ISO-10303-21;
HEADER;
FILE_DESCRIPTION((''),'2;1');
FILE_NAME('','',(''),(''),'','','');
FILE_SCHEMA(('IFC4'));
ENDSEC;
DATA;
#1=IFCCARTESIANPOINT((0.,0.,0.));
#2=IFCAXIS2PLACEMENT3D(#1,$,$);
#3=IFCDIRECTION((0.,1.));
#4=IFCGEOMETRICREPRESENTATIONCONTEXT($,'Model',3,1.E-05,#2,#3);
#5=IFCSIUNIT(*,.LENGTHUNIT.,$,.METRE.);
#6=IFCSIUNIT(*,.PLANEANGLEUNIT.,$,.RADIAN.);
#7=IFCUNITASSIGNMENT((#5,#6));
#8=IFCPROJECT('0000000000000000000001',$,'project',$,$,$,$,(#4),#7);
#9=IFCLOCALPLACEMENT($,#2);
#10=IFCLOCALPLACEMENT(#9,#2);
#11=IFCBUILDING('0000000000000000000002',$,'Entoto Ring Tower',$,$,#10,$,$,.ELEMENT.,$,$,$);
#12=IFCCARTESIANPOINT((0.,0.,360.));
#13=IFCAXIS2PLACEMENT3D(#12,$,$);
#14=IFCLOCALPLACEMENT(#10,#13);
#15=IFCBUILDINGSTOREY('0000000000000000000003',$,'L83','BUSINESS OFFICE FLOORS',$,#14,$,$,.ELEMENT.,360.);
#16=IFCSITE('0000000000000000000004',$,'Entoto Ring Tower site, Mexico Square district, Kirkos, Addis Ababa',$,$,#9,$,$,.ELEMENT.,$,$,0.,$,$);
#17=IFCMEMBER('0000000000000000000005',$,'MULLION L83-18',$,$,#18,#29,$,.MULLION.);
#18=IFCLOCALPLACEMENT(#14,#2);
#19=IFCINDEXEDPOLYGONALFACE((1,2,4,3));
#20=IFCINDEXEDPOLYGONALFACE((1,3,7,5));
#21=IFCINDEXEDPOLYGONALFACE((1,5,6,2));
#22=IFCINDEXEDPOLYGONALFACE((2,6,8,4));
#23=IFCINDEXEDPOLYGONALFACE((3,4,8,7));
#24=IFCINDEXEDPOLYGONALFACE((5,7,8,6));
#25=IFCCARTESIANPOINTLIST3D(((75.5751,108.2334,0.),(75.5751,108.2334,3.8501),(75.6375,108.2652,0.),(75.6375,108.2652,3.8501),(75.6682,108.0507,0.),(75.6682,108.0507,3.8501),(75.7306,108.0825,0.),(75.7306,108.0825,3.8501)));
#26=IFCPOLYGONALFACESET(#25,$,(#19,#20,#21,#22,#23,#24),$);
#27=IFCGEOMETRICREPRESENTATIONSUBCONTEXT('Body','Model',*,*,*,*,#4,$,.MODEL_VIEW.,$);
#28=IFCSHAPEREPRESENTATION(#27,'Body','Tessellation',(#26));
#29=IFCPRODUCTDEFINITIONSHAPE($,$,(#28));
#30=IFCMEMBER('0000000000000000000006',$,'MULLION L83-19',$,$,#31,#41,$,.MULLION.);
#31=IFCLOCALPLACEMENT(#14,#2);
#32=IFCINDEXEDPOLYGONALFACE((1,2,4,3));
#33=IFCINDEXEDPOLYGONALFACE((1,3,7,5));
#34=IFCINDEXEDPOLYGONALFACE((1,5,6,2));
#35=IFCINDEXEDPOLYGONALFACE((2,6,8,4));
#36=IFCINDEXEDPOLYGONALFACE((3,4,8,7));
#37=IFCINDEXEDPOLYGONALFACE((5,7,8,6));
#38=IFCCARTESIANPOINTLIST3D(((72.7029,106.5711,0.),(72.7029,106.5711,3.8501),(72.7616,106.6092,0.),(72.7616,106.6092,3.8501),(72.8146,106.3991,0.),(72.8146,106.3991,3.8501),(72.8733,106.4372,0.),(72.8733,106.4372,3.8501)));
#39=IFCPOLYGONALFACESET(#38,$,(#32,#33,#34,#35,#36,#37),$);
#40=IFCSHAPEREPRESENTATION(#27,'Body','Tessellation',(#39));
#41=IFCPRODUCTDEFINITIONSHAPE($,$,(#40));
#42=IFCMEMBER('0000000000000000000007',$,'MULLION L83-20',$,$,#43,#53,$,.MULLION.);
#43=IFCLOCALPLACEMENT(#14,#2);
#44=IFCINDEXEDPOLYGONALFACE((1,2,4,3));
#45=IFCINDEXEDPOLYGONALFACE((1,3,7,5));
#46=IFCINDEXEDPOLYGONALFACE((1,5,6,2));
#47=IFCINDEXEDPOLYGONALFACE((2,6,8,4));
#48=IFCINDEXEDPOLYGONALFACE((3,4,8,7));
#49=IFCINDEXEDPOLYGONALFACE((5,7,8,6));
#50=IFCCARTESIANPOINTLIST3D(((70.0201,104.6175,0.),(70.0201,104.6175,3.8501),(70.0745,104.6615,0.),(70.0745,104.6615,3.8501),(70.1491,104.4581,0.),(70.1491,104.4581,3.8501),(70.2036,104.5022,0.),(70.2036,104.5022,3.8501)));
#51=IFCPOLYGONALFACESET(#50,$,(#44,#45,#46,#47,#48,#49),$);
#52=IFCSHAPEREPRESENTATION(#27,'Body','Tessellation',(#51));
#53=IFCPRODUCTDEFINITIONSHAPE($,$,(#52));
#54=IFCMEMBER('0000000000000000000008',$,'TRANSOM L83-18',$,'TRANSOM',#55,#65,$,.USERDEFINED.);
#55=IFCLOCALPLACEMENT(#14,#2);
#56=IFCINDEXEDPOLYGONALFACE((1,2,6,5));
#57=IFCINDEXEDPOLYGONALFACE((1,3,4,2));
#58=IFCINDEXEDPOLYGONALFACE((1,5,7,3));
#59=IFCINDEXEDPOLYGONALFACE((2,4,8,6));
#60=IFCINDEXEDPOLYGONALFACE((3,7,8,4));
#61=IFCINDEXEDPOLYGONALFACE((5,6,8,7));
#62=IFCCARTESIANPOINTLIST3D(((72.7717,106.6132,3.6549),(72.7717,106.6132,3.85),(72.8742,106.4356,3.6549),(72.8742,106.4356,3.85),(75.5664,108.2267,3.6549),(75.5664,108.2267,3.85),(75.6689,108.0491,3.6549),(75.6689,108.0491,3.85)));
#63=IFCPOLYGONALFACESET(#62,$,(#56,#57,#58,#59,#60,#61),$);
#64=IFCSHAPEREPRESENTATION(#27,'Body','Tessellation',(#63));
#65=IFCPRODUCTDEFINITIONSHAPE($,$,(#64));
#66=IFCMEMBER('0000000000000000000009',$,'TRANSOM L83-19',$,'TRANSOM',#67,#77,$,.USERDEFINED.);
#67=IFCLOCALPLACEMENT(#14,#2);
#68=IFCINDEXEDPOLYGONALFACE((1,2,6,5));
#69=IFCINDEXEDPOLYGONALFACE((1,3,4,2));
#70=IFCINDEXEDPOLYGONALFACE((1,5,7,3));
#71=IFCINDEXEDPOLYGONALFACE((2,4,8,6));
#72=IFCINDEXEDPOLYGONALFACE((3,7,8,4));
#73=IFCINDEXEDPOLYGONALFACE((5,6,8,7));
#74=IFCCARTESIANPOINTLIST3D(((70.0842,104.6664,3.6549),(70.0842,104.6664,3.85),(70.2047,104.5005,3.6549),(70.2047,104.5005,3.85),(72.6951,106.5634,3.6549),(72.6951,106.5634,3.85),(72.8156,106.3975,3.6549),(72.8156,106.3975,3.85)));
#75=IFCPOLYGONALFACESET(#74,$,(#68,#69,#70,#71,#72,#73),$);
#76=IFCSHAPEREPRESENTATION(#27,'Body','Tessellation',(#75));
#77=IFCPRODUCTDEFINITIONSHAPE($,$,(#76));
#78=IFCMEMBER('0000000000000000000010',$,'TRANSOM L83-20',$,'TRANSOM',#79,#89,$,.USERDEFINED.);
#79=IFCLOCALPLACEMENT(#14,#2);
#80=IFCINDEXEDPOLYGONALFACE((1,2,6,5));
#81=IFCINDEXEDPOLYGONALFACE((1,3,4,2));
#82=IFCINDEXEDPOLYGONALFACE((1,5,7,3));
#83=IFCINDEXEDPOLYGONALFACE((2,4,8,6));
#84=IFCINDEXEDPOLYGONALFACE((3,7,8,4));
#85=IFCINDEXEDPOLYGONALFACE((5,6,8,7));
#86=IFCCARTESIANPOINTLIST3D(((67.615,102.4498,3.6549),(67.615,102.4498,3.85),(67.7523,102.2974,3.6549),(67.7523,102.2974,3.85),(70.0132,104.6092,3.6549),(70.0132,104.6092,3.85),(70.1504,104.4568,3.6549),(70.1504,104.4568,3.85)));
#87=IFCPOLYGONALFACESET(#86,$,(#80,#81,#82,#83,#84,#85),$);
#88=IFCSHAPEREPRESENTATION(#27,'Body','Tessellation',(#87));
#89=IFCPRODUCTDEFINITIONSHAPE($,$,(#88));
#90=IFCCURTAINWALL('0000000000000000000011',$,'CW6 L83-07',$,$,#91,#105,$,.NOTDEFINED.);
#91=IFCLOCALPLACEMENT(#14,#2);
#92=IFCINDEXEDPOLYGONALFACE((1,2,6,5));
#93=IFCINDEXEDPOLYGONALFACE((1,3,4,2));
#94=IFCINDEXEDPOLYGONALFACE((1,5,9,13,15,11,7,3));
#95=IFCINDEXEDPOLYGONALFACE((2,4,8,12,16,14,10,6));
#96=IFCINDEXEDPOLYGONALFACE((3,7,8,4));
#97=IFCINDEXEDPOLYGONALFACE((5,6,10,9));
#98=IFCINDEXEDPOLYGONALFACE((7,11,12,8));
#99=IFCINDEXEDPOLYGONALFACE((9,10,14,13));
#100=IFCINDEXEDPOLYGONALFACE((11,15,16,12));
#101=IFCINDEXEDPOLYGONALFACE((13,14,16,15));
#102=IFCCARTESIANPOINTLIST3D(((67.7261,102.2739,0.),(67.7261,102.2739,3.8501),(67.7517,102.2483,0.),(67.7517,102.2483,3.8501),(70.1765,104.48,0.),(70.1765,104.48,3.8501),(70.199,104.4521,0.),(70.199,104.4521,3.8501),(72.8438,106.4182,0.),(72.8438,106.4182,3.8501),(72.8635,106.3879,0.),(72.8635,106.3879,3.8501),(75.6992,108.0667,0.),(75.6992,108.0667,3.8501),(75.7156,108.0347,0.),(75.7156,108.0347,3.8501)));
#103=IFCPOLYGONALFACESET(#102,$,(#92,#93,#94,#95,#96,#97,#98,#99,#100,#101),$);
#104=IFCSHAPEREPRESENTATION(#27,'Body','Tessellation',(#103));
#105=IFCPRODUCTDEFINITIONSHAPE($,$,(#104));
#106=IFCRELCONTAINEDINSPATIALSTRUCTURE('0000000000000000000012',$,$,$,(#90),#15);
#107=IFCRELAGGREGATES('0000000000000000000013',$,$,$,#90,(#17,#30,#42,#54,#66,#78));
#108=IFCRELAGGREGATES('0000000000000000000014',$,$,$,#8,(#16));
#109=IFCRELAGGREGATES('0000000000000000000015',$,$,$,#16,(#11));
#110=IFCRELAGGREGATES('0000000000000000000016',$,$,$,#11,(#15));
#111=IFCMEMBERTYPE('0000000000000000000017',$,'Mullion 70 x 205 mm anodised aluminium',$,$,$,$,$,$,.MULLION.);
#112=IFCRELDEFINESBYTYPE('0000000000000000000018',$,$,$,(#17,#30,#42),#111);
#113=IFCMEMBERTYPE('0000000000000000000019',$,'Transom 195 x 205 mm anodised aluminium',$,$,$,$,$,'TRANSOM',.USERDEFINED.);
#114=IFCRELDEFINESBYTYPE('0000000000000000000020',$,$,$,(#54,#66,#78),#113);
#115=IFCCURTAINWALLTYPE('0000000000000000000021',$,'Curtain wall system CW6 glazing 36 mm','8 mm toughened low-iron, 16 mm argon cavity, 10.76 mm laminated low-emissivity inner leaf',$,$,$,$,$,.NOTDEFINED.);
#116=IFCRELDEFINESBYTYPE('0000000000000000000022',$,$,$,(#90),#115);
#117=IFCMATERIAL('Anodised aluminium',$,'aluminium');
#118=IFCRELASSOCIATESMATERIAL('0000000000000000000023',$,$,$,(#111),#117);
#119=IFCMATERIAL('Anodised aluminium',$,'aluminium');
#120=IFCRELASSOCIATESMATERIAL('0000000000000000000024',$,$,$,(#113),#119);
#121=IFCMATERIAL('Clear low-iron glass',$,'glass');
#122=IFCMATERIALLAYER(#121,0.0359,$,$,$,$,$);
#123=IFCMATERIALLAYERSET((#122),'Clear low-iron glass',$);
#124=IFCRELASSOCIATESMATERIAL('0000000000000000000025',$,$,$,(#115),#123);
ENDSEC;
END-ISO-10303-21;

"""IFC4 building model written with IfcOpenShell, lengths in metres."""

from ifc_helpers import new_model, si_unit, direction, frame, origin, origin_2d, place, context, subcontext, project, spatial, polyline, rectangle, outline, extrude, material, layer, layer_set, material_profile, profile_set, type_object, element, aggregate, save


model = new_model("IFC4")

# Units and contexts
model_context = context("Model", 3, precision=1e-05, world=origin(), true_north=direction((0.0, 1.0)))
body_context = subcontext(model_context, "Body", "Model", "MODEL_VIEW")
ifc_project = project(units=[si_unit("LENGTHUNIT", "METRE"), si_unit("PLANEANGLEUNIT", "RADIAN")], contexts=[model_context])

# Members
ifc_material_1 = material(Name="Anodised aluminium", Category="aluminium")
ifc_material_profile_1 = material_profile(ifc_material_1, rectangle(XDim=0.0701, YDim=0.2051, at=origin_2d()), Name="Mullion 70 x 205 mm anodised aluminium")
ifc_profile_set_1 = profile_set([ifc_material_profile_1], Name="Anodised aluminium")
member_type_1 = type_object("IfcMemberType", Name="Mullion 70 x 205 mm anodised aluminium", PredefinedType="MULLION", material=ifc_profile_set_1)
site_placement = place(None, origin())
building_placement = place(site_placement, origin())
storey_placement = place(building_placement, frame((0.0, 0.0, 360.0)))
member_1_placement = place(storey_placement, frame((75.6528, 108.158, 0.0), z_axis=(0.0, 0.0, 1.0), x_axis=(-0.891007, -0.45399, 0.0)))
member_1 = element("IfcMember", 1, at=member_1_placement, type_object=member_type_1, Name="MULLION L83-18", PredefinedType="MULLION", context=body_context, shape_type="SweptSolid", body=[
    extrude(rectangle(XDim=0.0701, YDim=0.2051, at=origin_2d()), origin(), (0.0, 0.0, 1.0), 3.8501),
])
member_2_placement = place(storey_placement, frame((72.7881, 106.5042, 0.0), z_axis=(0.0, 0.0, 1.0), x_axis=(-0.838671, -0.544639, 0.0)))
member_2 = element("IfcMember", 2, at=member_2_placement, type_object=member_type_1, Name="MULLION L83-19", PredefinedType="MULLION", context=body_context, shape_type="SweptSolid", body=[
    extrude(rectangle(XDim=0.0701, YDim=0.2051, at=origin_2d()), origin(), (0.0, 0.0, 1.0), 3.8501),
])
member_3_placement = place(storey_placement, frame((70.1118, 104.5598, 0.0), z_axis=(0.0, 0.0, 1.0), x_axis=(-0.777146, -0.62932, 0.0)))
member_3 = element("IfcMember", 3, at=member_3_placement, type_object=member_type_1, Name="MULLION L83-20", PredefinedType="MULLION", context=body_context, shape_type="SweptSolid", body=[
    extrude(rectangle(XDim=0.0701, YDim=0.2051, at=origin_2d()), origin(), (0.0, 0.0, 1.0), 3.8501),
])
ifc_material_2 = material(Name="Anodised aluminium", Category="aluminium")
ifc_material_profile_2 = material_profile(ifc_material_2, rectangle(XDim=0.2051, YDim=0.1951, at=origin_2d()), Name="Transom 195 x 205 mm anodised aluminium")
ifc_profile_set_2 = profile_set([ifc_material_profile_2], Name="Anodised aluminium")
member_type_2 = type_object("IfcMemberType", Name="Transom 195 x 205 mm anodised aluminium", ElementType="TRANSOM", PredefinedType="USERDEFINED", material=ifc_profile_set_2)
member_4_placement = place(storey_placement, frame((75.6177, 108.1379, 3.7524), z_axis=(-0.866023, -0.500004, 0.0), x_axis=(0.500004, -0.866023, 0.0)))
member_4 = element("IfcMember", 4, at=member_4_placement, type_object=member_type_2, Name="TRANSOM L83-18", ObjectType="TRANSOM", PredefinedType="USERDEFINED", context=body_context, shape_type="SweptSolid", body=[
    extrude(rectangle(XDim=0.2051, YDim=0.1951, at=origin_2d()), origin(), (0.0, 0.0, 1.0), 3.2271),
])
member_5_placement = place(storey_placement, frame((72.7554, 106.4805, 3.7524), z_axis=(-0.809004, -0.587803, 0.0), x_axis=(0.587803, -0.809004, 0.0)))
member_5 = element("IfcMember", 5, at=member_5_placement, type_object=member_type_2, Name="TRANSOM L83-19", ObjectType="TRANSOM", PredefinedType="USERDEFINED", context=body_context, shape_type="SweptSolid", body=[
    extrude(rectangle(XDim=0.2051, YDim=0.1951, at=origin_2d()), origin(), (0.0, 0.0, 1.0), 3.2273),
])
member_6_placement = place(storey_placement, frame((70.0818, 104.533, 3.7524), z_axis=(-0.743132, -0.669144, 0.0), x_axis=(0.669144, -0.743132, 0.0)))
member_6 = element("IfcMember", 6, at=member_6_placement, type_object=member_type_2, Name="TRANSOM L83-20", ObjectType="TRANSOM", PredefinedType="USERDEFINED", context=body_context, shape_type="SweptSolid", body=[
    extrude(rectangle(XDim=0.2051, YDim=0.1951, at=origin_2d()), origin(), (0.0, 0.0, 1.0), 3.2271),
])

# Site, building, storey
site = spatial("IfcSite", under=ifc_project, at=site_placement, Name="Entoto Ring Tower site, Mexico Square district, Kirkos, Addis Ababa", CompositionType="ELEMENT", RefElevation=0.0)
building = spatial("IfcBuilding", under=site, at=building_placement, Name="Entoto Ring Tower", CompositionType="ELEMENT")
storey = spatial("IfcBuildingStorey", under=building, at=storey_placement, Name="L83", Description="BUSINESS OFFICE FLOORS", CompositionType="ELEMENT", Elevation=360.0)

# Curtain wall
ifc_material_3 = material(Name="Clear low-iron glass", Category="glass")
ifc_layer = layer(ifc_material_3, 0.0359)
ifc_layer_set = layer_set([ifc_layer], Name="Clear low-iron glass")
curtain_wall_type = type_object("IfcCurtainWallType", Name="Curtain wall system CW6 glazing 36 mm", Description="8 mm toughened low-iron, 16 mm argon cavity, 10.76 mm laminated low-emissivity inner leaf", PredefinedType="NOTDEFINED", material=ifc_layer_set)
curtain_wall_1_placement = place(storey_placement, origin())
curtain_wall_1 = element("IfcCurtainWall", 7, at=curtain_wall_1_placement, inside=storey, type_object=curtain_wall_type, Name="CW6 L83-07", PredefinedType="NOTDEFINED", context=body_context, shape_type="SweptSolid", body=[
    extrude(outline(polyline([(75.6992, 108.0667), (72.8438, 106.4182), (70.1765, 104.48), (67.7261, 102.2739), (67.7517, 102.2483), (70.199, 104.4521), (72.8635, 106.3879), (75.7156, 108.0347), (75.6992, 108.0667)])), origin(), (0.0, 0.0, 1.0), 3.8501),
])
aggregate(curtain_wall_1, [member_1, member_2, member_3, member_4, member_5, member_6])

save(model, "model.ifc")
